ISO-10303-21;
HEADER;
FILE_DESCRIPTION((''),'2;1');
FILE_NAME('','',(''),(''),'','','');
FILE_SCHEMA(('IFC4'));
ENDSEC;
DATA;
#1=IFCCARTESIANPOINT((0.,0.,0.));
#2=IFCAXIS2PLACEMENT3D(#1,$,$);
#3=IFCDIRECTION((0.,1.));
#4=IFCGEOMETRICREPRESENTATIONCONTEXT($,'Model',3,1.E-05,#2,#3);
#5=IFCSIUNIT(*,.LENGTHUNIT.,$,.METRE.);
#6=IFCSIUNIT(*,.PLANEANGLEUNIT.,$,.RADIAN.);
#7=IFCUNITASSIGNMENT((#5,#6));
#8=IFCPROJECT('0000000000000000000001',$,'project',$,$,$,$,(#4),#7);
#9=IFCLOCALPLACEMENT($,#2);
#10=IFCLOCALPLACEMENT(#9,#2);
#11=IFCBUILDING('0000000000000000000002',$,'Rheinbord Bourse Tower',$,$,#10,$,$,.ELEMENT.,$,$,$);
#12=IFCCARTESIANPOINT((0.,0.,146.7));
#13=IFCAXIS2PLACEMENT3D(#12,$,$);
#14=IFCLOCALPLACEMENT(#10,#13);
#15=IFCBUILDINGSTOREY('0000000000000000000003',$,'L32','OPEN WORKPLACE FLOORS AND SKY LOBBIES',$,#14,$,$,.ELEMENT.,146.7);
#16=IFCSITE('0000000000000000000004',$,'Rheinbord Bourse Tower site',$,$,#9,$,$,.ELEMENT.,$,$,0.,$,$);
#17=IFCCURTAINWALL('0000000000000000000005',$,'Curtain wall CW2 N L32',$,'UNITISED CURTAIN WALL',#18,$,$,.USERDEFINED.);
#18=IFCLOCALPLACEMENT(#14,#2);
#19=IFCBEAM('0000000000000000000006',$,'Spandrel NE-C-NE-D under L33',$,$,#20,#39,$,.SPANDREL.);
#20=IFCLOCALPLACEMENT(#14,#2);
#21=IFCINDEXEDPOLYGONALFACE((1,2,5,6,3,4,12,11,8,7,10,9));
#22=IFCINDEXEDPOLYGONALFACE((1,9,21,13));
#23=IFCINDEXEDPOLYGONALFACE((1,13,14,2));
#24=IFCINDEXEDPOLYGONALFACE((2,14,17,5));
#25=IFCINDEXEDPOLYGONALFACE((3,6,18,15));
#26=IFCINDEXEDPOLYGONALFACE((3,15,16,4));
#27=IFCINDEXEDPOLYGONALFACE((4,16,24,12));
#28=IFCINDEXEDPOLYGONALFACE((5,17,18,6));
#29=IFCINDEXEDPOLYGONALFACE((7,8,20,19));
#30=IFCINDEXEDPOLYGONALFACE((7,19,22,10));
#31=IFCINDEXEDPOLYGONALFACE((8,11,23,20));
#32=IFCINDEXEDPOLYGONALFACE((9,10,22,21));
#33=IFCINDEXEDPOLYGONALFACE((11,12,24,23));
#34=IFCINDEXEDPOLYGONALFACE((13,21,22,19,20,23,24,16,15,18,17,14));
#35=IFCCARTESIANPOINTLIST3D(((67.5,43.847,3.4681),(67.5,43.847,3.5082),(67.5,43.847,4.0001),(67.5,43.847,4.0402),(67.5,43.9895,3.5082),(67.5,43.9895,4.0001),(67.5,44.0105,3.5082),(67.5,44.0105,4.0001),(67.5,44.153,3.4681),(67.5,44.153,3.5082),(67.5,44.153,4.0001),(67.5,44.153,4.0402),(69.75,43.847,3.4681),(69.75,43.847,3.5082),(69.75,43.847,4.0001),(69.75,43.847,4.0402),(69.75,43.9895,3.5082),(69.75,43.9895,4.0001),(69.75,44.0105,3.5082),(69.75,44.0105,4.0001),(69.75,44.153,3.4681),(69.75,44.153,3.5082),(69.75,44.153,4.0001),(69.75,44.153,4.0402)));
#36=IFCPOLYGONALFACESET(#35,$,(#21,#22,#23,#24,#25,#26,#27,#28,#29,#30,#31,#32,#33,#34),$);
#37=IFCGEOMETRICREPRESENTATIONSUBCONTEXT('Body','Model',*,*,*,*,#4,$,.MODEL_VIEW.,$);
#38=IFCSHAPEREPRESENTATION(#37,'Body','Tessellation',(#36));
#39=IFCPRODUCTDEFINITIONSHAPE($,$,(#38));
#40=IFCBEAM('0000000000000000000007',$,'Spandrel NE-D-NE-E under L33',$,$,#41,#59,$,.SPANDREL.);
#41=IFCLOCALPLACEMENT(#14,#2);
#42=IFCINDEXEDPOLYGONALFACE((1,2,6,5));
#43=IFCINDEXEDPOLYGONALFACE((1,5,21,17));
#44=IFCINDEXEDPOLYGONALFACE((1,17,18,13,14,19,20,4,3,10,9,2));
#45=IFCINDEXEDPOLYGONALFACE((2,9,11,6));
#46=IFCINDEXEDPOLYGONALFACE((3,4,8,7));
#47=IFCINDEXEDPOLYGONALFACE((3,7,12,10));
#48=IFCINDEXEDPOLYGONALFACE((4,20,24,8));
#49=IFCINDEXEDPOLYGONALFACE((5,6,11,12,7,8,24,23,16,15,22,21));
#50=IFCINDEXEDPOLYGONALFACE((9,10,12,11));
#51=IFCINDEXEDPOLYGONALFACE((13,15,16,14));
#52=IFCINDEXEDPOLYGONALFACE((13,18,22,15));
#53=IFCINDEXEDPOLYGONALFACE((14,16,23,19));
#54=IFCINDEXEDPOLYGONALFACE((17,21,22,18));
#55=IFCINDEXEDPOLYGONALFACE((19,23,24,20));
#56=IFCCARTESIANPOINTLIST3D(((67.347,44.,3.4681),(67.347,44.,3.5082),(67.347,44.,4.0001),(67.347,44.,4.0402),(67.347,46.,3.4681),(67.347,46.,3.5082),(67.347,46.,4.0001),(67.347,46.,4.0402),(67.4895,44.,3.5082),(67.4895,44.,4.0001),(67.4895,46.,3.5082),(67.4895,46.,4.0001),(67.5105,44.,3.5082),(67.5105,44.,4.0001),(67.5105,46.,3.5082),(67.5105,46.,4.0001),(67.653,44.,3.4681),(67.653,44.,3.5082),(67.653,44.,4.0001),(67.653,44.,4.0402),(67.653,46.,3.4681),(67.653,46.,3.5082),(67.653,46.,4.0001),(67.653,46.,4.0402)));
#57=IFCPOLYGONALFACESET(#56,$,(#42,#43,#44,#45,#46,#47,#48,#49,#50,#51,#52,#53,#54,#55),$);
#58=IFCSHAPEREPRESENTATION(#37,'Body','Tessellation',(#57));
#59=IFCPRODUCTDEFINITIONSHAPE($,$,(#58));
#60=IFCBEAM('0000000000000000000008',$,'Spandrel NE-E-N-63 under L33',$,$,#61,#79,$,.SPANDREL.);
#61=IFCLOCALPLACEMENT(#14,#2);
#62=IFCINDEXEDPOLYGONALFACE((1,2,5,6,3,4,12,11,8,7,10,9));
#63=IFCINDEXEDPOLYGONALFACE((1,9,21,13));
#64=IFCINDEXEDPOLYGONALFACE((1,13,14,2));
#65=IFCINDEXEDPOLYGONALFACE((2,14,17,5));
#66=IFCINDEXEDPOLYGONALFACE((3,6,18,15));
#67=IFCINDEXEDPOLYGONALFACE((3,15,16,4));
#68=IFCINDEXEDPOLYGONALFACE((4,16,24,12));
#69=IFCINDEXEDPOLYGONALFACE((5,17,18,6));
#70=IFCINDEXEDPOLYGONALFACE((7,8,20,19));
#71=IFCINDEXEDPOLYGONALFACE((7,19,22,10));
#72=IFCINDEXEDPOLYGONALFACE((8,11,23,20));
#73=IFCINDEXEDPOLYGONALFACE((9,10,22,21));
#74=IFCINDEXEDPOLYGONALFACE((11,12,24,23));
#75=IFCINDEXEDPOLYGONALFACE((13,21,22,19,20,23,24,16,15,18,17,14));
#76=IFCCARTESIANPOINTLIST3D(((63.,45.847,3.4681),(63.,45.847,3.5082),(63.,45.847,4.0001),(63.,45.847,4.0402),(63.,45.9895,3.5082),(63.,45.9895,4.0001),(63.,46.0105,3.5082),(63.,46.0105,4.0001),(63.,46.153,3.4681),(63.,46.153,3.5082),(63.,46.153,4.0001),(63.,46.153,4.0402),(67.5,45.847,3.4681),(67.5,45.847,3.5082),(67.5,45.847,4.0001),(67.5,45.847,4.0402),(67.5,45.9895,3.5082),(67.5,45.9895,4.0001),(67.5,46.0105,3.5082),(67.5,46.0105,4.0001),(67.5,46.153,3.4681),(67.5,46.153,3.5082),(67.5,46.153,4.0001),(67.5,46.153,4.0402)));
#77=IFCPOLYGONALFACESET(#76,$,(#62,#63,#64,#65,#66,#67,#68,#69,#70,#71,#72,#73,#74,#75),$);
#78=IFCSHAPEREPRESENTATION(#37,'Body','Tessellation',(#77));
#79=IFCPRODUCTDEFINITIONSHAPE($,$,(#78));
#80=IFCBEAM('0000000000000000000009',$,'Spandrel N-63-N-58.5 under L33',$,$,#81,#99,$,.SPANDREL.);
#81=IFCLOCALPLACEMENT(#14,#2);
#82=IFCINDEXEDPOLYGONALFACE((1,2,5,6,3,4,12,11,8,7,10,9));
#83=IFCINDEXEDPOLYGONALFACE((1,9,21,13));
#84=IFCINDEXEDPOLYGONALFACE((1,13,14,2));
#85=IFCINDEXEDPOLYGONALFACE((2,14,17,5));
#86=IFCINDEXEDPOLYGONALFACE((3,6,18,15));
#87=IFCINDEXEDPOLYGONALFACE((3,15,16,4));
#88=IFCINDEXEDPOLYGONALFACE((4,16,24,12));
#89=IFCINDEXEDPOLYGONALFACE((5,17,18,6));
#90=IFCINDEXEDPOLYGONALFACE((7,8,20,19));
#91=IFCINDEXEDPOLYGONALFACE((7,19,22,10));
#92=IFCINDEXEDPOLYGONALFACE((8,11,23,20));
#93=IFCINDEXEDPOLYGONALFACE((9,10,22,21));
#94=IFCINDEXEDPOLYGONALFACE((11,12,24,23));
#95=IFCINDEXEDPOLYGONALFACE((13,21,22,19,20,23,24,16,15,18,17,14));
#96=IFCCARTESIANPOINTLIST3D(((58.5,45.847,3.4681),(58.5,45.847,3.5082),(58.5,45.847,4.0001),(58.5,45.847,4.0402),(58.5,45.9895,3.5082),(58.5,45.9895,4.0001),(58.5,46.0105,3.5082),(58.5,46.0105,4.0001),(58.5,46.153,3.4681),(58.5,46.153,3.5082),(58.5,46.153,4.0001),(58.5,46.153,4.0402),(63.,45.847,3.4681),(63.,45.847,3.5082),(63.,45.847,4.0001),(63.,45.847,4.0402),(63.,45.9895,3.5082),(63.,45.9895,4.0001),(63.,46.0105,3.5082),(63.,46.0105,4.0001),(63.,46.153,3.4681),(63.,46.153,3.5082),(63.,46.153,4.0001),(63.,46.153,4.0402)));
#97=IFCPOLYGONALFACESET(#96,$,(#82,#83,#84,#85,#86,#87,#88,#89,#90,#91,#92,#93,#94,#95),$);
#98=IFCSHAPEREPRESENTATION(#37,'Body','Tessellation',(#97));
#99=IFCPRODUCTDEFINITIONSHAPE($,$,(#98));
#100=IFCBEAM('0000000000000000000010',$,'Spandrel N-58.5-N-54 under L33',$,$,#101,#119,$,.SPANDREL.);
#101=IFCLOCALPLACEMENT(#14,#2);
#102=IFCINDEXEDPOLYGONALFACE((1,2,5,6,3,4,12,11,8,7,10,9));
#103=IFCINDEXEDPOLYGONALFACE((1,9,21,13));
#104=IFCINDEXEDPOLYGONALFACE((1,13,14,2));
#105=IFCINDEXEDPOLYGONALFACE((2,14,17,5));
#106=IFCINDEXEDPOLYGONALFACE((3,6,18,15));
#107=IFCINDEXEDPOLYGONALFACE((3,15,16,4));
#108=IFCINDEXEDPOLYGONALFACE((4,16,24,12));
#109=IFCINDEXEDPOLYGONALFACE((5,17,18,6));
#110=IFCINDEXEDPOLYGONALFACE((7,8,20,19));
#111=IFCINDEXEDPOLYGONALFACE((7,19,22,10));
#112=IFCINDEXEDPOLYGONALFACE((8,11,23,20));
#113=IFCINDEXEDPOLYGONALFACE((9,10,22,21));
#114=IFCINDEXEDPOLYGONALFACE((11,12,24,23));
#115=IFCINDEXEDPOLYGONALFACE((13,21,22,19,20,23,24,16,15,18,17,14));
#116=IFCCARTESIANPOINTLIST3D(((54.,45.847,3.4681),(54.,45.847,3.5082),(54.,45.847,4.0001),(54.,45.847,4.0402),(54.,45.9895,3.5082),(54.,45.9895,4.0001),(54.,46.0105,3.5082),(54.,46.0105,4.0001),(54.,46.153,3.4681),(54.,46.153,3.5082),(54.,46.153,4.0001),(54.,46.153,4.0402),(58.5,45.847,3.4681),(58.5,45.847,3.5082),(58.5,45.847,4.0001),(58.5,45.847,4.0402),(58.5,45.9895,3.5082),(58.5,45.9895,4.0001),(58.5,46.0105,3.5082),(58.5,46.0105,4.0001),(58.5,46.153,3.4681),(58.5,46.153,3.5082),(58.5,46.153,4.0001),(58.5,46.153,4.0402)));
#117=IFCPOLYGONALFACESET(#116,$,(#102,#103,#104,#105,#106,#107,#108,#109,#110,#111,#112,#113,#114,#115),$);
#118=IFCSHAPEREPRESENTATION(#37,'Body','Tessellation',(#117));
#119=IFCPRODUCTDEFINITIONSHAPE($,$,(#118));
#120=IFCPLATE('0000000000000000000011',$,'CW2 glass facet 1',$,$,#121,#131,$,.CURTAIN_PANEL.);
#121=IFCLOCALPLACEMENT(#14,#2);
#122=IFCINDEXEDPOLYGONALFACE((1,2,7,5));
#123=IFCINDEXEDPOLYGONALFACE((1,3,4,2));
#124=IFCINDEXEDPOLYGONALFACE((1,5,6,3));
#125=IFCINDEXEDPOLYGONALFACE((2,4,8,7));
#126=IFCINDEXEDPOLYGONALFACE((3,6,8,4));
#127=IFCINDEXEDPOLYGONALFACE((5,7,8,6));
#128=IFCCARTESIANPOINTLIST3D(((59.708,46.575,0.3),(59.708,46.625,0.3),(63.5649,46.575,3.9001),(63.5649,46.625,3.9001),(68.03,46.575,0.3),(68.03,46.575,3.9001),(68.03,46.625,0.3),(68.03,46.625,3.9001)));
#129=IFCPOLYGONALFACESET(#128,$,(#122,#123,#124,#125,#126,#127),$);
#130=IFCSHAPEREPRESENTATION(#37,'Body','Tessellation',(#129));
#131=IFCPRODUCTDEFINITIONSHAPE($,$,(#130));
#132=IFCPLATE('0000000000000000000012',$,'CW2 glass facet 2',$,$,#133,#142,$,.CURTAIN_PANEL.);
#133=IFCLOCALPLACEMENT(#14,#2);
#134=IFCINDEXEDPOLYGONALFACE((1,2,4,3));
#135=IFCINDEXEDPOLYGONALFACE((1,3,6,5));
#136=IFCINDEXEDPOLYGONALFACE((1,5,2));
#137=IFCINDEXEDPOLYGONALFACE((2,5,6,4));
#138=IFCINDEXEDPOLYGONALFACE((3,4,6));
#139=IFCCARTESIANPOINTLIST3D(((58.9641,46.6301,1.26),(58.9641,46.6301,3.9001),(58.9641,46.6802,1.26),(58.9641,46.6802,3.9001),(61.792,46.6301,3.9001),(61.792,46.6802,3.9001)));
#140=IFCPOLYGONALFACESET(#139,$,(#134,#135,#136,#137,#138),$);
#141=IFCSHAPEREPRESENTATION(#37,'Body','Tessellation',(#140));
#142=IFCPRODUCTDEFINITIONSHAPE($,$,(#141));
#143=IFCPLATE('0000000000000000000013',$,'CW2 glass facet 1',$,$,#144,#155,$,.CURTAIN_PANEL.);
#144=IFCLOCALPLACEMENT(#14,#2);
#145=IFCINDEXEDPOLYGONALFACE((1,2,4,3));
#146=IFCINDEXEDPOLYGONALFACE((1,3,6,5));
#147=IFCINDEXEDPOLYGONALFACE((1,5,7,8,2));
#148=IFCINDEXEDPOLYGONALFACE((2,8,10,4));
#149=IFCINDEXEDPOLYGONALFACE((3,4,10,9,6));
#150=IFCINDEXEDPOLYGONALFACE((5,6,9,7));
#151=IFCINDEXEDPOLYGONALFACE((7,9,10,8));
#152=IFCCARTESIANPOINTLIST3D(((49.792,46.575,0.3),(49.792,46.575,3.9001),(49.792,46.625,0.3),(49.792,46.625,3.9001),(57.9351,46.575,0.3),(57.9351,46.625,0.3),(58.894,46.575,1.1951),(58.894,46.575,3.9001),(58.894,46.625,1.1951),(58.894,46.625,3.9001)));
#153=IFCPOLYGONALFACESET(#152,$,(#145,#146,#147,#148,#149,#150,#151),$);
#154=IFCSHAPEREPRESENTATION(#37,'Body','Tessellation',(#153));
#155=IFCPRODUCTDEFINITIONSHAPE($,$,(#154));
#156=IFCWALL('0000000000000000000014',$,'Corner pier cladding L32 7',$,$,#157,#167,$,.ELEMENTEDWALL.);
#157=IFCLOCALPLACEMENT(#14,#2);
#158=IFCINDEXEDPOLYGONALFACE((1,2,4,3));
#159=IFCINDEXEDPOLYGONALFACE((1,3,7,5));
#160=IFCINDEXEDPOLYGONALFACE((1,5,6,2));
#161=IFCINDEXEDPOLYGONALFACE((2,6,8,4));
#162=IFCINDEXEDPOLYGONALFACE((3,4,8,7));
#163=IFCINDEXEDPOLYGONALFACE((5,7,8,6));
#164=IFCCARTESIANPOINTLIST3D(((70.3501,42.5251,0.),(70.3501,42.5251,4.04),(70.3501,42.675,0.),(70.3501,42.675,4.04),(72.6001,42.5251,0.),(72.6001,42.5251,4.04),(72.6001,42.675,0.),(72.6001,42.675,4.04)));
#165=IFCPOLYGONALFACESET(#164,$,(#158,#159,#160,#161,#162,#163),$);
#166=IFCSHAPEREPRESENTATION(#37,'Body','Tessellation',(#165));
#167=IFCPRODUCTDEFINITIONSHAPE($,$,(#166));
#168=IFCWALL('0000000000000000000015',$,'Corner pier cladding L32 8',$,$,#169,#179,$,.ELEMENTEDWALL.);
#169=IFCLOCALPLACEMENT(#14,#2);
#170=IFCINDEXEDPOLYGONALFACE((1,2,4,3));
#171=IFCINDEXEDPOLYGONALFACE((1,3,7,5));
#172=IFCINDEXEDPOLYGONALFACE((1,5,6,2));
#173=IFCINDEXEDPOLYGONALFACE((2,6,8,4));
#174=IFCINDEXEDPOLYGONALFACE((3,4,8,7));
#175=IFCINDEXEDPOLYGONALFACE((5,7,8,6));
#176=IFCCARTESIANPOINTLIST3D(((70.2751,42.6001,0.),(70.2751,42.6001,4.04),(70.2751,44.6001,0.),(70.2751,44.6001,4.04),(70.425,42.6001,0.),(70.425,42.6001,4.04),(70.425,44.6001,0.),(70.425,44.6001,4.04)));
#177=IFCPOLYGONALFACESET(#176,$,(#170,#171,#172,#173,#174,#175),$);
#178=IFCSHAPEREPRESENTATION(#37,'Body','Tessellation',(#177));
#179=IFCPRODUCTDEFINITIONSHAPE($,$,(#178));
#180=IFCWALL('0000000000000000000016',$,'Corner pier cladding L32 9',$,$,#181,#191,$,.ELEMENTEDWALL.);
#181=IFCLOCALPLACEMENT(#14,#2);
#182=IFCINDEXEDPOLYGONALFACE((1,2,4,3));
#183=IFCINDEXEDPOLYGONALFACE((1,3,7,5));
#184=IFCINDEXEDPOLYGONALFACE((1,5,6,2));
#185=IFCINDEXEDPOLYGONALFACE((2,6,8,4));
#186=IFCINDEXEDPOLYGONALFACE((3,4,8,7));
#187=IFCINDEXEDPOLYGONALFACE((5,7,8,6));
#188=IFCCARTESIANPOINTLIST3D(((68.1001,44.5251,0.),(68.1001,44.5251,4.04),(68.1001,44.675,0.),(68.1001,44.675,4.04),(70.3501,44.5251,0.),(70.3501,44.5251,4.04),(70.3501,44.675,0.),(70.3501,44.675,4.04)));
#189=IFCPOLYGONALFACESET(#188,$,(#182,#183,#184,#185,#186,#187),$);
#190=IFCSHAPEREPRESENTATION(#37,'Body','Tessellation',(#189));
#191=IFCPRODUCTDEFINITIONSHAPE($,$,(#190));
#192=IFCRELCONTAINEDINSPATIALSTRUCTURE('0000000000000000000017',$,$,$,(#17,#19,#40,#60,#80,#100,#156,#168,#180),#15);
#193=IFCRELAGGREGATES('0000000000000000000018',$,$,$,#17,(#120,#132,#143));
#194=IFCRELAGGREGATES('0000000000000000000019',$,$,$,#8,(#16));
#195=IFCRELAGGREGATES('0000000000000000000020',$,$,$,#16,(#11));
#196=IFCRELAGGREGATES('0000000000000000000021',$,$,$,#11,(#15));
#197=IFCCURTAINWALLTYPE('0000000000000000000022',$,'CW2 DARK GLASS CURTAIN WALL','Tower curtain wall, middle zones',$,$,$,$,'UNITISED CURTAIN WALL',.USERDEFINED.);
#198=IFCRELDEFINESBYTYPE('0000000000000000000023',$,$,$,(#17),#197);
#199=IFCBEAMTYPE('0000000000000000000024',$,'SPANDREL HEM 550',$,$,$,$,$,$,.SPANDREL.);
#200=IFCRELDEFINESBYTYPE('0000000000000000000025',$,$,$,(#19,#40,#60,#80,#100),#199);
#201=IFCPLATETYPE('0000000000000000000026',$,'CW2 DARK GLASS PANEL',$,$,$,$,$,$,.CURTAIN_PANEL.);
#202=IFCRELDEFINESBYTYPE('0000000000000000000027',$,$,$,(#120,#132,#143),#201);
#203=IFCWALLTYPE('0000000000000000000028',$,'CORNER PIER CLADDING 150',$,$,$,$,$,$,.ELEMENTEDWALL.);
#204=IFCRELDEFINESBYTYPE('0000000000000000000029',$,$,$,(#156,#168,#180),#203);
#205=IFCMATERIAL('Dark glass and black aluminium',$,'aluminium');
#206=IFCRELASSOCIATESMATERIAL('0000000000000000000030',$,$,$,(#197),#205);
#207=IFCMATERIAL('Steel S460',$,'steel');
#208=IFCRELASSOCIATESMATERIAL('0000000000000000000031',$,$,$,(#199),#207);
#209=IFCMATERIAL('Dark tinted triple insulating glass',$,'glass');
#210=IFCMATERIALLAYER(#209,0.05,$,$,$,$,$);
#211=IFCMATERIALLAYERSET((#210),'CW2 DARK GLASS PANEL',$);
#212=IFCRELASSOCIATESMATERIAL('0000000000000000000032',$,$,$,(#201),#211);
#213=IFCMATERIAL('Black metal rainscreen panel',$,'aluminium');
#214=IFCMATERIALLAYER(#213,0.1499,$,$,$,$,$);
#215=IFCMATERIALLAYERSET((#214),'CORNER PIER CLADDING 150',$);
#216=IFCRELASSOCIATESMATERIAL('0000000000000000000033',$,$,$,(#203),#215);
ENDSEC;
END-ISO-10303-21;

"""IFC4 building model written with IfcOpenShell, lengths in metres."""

from ifc_helpers import new_model, si_unit, direction, frame, frame_2d, origin, origin_2d, place, context, subcontext, project, spatial, polyline, rectangle, i_section, outline, extrude, material, layer, layer_set, material_profile, profile_set, type_object, element, aggregate, save


model = new_model("IFC4")

# Units and contexts
model_context = context("Model", 3, precision=1e-05, world=origin(), true_north=direction((0.0, 1.0)))
body_context = subcontext(model_context, "Body", "Model", "MODEL_VIEW")
ifc_project = project(units=[si_unit("LENGTHUNIT", "METRE"), si_unit("PLANEANGLEUNIT", "RADIAN")], contexts=[model_context])

# Site, building, storey
site_placement = place(None, origin())
site = spatial("IfcSite", under=ifc_project, at=site_placement, Name="Rheinbord Bourse Tower site", CompositionType="ELEMENT", RefElevation=0.0)
building_placement = place(site_placement, origin())
building = spatial("IfcBuilding", under=site, at=building_placement, Name="Rheinbord Bourse Tower", CompositionType="ELEMENT")
storey_placement = place(building_placement, frame((0.0, 0.0, 146.7)))
storey = spatial("IfcBuildingStorey", under=building, at=storey_placement, Name="L32", Description="OPEN WORKPLACE FLOORS AND SKY LOBBIES", CompositionType="ELEMENT", Elevation=146.7)

# Curtain wall
ifc_material_1 = material(Name="Dark glass and black aluminium", Category="aluminium")
curtain_wall_type = type_object("IfcCurtainWallType", Name="CW2 DARK GLASS CURTAIN WALL", Description="Tower curtain wall, middle zones", ElementType="UNITISED CURTAIN WALL", PredefinedType="USERDEFINED", material=ifc_material_1)
curtain_wall_1_placement = place(storey_placement, origin())
curtain_wall_1 = element("IfcCurtainWall", 1, at=curtain_wall_1_placement, inside=storey, type_object=curtain_wall_type, Name="Curtain wall CW2 N L32", ObjectType="UNITISED CURTAIN WALL", PredefinedType="USERDEFINED")

# Beams
ifc_material_2 = material(Name="Steel S460", Category="steel")
ifc_material_profile_1 = material_profile(ifc_material_2, i_section(OverallWidth=0.3059, OverallDepth=0.572, WebThickness=0.021, FlangeThickness=0.04, at=origin_2d()), Name="HEM 550")
ifc_profile_set_1 = profile_set([ifc_material_profile_1], Name="Steel S460")
beam_type_1 = type_object("IfcBeamType", Name="SPANDREL HEM 550", PredefinedType="SPANDREL", material=ifc_profile_set_1)
for number, where, z_axis, x_axis, name in (
    (2, (69.75, 44.0, 3.7542), (-1.0, 0.0, 0.0), (0.0, -1.0, 0.0), "Spandrel NE-C-NE-D under L33"),
):
    element("IfcBeam", number, at=place(storey_placement, frame(where, z_axis=z_axis, x_axis=x_axis)), inside=storey, type_object=beam_type_1, Name=name, PredefinedType="SPANDREL", context=body_context, shape_type="SweptSolid", body=[
        extrude(i_section(OverallWidth=0.3059, OverallDepth=0.572, WebThickness=0.021, FlangeThickness=0.04, at=origin_2d()), origin(), (0.0, 0.0, 1.0), 2.25),
    ])
beam_placement = place(storey_placement, frame((67.5, 44.0, 3.7542), z_axis=(0.0, 1.0, 0.0), x_axis=(-1.0, 0.0, 0.0)))
element("IfcBeam", 3, at=beam_placement, inside=storey, type_object=beam_type_1, Name="Spandrel NE-D-NE-E under L33", PredefinedType="SPANDREL", context=body_context, shape_type="SweptSolid", body=[
    extrude(i_section(OverallWidth=0.3059, OverallDepth=0.572, WebThickness=0.021, FlangeThickness=0.04, at=origin_2d()), origin(), (0.0, 0.0, 1.0), 2.0),
])
for number, where, z_axis, x_axis, name in (
    (4, (67.5, 46.0, 3.7542), (-1.0, 0.0, 0.0), (0.0, -1.0, 0.0), "Spandrel NE-E-N-63 under L33"),
    (5, (63.0, 46.0, 3.7542), (-1.0, 0.0, 0.0), (0.0, -1.0, 0.0), "Spandrel N-63-N-58.5 under L33"),
    (6, (58.5, 46.0, 3.7542), (-1.0, 0.0, 0.0), (0.0, -1.0, 0.0), "Spandrel N-58.5-N-54 under L33"),
):
    element("IfcBeam", number, at=place(storey_placement, frame(where, z_axis=z_axis, x_axis=x_axis)), inside=storey, type_object=beam_type_1, Name=name, PredefinedType="SPANDREL", context=body_context, shape_type="SweptSolid", body=[
        extrude(i_section(OverallWidth=0.3059, OverallDepth=0.572, WebThickness=0.021, FlangeThickness=0.04, at=origin_2d()), origin(), (0.0, 0.0, 1.0), 4.5),
    ])

# Plates
ifc_material_3 = material(Name="Dark tinted triple insulating glass", Category="glass")
ifc_layer_1 = layer(ifc_material_3, 0.05)
ifc_layer_set_1 = layer_set([ifc_layer_1], Name="CW2 DARK GLASS PANEL")
plate_type = type_object("IfcPlateType", Name="CW2 DARK GLASS PANEL", PredefinedType="CURTAIN_PANEL", material=ifc_layer_set_1)
plate_1_placement = place(storey_placement, frame((68.03, 46.625, 0.3), z_axis=(0.0, -1.0, 0.0), x_axis=(0.0, 0.0, 1.0)))
plate_1 = element("IfcPlate", 7, at=plate_1_placement, type_object=plate_type, Name="CW2 glass facet 1", PredefinedType="CURTAIN_PANEL", context=body_context, shape_type="SweptSolid", body=[
    extrude(outline(polyline([(0.0, 0.0), (3.6001, 0.0), (3.6001, 4.4651), (0.0, 8.322), (0.0, 0.0)])), origin(), (0.0, 0.0, 1.0), 0.05),
])
plate_2_placement = place(storey_placement, frame((58.9641, 46.6802, 3.9001), z_axis=(0.0, -1.0, 0.0), x_axis=(0.0, 0.0, -1.0)))
plate_2 = element("IfcPlate", 8, at=plate_2_placement, type_object=plate_type, Name="CW2 glass facet 2", PredefinedType="CURTAIN_PANEL", context=body_context, shape_type="SweptSolid", body=[
    extrude(outline(polyline([(0.0, 0.0), (2.6401, 0.0), (0.0, 2.8279), (0.0, 0.0)])), origin(), (0.0, 0.0, 1.0), 0.05),
])
plate_3_placement = place(storey_placement, frame((58.894, 46.625, 3.9001), z_axis=(0.0, -1.0, 0.0), x_axis=(-1.0, 0.0, 0.0)))
plate_3 = element("IfcPlate", 9, at=plate_3_placement, type_object=plate_type, Name="CW2 glass facet 1", PredefinedType="CURTAIN_PANEL", context=body_context, shape_type="SweptSolid", body=[
    extrude(outline(polyline([(0.0, 0.0), (9.1021, 0.0), (9.1021, 3.6001), (0.959, 3.6001), (0.0, 2.7051), (0.0, 0.0)])), origin(), (0.0, 0.0, 1.0), 0.05),
])
aggregate(curtain_wall_1, [plate_1, plate_2, plate_3])

# Walls
ifc_material_4 = material(Name="Black metal rainscreen panel", Category="aluminium")
ifc_layer_2 = layer(ifc_material_4, 0.1499)
ifc_layer_set_2 = layer_set([ifc_layer_2], Name="CORNER PIER CLADDING 150")
wall_type = type_object("IfcWallType", Name="CORNER PIER CLADDING 150", PredefinedType="ELEMENTEDWALL", material=ifc_layer_set_2)
wall_1_placement = place(storey_placement, frame((72.6001, 42.6001, 0.0), z_axis=(0.0, 0.0, 1.0), x_axis=(-1.0, 0.0, 0.0)))
element("IfcWall", 10, at=wall_1_placement, inside=storey, type_object=wall_type, Name="Corner pier cladding L32 7", PredefinedType="ELEMENTEDWALL", context=body_context, shape_type="SweptSolid", body=[
    extrude(rectangle(XDim=2.25, YDim=0.1499, at=frame_2d((1.125, 0.0))), origin(), (0.0, 0.0, 1.0), 4.04),
])
wall_2_placement = place(storey_placement, frame((70.3501, 42.6001, 0.0), z_axis=(0.0, 0.0, 1.0), x_axis=(0.0, 1.0, 0.0)))
element("IfcWall", 11, at=wall_2_placement, inside=storey, type_object=wall_type, Name="Corner pier cladding L32 8", PredefinedType="ELEMENTEDWALL", context=body_context, shape_type="SweptSolid", body=[
    extrude(rectangle(XDim=2.0, YDim=0.1499, at=frame_2d((1.0, 0.0))), origin(), (0.0, 0.0, 1.0), 4.04),
])
wall_3_placement = place(storey_placement, frame((70.3501, 44.6001, 0.0), z_axis=(0.0, 0.0, 1.0), x_axis=(-1.0, 0.0, 0.0)))
element("IfcWall", 12, at=wall_3_placement, inside=storey, type_object=wall_type, Name="Corner pier cladding L32 9", PredefinedType="ELEMENTEDWALL", context=body_context, shape_type="SweptSolid", body=[
    extrude(rectangle(XDim=2.25, YDim=0.1499, at=frame_2d((1.125, 0.0))), origin(), (0.0, 0.0, 1.0), 4.04),
])

save(model, "model.ifc")
